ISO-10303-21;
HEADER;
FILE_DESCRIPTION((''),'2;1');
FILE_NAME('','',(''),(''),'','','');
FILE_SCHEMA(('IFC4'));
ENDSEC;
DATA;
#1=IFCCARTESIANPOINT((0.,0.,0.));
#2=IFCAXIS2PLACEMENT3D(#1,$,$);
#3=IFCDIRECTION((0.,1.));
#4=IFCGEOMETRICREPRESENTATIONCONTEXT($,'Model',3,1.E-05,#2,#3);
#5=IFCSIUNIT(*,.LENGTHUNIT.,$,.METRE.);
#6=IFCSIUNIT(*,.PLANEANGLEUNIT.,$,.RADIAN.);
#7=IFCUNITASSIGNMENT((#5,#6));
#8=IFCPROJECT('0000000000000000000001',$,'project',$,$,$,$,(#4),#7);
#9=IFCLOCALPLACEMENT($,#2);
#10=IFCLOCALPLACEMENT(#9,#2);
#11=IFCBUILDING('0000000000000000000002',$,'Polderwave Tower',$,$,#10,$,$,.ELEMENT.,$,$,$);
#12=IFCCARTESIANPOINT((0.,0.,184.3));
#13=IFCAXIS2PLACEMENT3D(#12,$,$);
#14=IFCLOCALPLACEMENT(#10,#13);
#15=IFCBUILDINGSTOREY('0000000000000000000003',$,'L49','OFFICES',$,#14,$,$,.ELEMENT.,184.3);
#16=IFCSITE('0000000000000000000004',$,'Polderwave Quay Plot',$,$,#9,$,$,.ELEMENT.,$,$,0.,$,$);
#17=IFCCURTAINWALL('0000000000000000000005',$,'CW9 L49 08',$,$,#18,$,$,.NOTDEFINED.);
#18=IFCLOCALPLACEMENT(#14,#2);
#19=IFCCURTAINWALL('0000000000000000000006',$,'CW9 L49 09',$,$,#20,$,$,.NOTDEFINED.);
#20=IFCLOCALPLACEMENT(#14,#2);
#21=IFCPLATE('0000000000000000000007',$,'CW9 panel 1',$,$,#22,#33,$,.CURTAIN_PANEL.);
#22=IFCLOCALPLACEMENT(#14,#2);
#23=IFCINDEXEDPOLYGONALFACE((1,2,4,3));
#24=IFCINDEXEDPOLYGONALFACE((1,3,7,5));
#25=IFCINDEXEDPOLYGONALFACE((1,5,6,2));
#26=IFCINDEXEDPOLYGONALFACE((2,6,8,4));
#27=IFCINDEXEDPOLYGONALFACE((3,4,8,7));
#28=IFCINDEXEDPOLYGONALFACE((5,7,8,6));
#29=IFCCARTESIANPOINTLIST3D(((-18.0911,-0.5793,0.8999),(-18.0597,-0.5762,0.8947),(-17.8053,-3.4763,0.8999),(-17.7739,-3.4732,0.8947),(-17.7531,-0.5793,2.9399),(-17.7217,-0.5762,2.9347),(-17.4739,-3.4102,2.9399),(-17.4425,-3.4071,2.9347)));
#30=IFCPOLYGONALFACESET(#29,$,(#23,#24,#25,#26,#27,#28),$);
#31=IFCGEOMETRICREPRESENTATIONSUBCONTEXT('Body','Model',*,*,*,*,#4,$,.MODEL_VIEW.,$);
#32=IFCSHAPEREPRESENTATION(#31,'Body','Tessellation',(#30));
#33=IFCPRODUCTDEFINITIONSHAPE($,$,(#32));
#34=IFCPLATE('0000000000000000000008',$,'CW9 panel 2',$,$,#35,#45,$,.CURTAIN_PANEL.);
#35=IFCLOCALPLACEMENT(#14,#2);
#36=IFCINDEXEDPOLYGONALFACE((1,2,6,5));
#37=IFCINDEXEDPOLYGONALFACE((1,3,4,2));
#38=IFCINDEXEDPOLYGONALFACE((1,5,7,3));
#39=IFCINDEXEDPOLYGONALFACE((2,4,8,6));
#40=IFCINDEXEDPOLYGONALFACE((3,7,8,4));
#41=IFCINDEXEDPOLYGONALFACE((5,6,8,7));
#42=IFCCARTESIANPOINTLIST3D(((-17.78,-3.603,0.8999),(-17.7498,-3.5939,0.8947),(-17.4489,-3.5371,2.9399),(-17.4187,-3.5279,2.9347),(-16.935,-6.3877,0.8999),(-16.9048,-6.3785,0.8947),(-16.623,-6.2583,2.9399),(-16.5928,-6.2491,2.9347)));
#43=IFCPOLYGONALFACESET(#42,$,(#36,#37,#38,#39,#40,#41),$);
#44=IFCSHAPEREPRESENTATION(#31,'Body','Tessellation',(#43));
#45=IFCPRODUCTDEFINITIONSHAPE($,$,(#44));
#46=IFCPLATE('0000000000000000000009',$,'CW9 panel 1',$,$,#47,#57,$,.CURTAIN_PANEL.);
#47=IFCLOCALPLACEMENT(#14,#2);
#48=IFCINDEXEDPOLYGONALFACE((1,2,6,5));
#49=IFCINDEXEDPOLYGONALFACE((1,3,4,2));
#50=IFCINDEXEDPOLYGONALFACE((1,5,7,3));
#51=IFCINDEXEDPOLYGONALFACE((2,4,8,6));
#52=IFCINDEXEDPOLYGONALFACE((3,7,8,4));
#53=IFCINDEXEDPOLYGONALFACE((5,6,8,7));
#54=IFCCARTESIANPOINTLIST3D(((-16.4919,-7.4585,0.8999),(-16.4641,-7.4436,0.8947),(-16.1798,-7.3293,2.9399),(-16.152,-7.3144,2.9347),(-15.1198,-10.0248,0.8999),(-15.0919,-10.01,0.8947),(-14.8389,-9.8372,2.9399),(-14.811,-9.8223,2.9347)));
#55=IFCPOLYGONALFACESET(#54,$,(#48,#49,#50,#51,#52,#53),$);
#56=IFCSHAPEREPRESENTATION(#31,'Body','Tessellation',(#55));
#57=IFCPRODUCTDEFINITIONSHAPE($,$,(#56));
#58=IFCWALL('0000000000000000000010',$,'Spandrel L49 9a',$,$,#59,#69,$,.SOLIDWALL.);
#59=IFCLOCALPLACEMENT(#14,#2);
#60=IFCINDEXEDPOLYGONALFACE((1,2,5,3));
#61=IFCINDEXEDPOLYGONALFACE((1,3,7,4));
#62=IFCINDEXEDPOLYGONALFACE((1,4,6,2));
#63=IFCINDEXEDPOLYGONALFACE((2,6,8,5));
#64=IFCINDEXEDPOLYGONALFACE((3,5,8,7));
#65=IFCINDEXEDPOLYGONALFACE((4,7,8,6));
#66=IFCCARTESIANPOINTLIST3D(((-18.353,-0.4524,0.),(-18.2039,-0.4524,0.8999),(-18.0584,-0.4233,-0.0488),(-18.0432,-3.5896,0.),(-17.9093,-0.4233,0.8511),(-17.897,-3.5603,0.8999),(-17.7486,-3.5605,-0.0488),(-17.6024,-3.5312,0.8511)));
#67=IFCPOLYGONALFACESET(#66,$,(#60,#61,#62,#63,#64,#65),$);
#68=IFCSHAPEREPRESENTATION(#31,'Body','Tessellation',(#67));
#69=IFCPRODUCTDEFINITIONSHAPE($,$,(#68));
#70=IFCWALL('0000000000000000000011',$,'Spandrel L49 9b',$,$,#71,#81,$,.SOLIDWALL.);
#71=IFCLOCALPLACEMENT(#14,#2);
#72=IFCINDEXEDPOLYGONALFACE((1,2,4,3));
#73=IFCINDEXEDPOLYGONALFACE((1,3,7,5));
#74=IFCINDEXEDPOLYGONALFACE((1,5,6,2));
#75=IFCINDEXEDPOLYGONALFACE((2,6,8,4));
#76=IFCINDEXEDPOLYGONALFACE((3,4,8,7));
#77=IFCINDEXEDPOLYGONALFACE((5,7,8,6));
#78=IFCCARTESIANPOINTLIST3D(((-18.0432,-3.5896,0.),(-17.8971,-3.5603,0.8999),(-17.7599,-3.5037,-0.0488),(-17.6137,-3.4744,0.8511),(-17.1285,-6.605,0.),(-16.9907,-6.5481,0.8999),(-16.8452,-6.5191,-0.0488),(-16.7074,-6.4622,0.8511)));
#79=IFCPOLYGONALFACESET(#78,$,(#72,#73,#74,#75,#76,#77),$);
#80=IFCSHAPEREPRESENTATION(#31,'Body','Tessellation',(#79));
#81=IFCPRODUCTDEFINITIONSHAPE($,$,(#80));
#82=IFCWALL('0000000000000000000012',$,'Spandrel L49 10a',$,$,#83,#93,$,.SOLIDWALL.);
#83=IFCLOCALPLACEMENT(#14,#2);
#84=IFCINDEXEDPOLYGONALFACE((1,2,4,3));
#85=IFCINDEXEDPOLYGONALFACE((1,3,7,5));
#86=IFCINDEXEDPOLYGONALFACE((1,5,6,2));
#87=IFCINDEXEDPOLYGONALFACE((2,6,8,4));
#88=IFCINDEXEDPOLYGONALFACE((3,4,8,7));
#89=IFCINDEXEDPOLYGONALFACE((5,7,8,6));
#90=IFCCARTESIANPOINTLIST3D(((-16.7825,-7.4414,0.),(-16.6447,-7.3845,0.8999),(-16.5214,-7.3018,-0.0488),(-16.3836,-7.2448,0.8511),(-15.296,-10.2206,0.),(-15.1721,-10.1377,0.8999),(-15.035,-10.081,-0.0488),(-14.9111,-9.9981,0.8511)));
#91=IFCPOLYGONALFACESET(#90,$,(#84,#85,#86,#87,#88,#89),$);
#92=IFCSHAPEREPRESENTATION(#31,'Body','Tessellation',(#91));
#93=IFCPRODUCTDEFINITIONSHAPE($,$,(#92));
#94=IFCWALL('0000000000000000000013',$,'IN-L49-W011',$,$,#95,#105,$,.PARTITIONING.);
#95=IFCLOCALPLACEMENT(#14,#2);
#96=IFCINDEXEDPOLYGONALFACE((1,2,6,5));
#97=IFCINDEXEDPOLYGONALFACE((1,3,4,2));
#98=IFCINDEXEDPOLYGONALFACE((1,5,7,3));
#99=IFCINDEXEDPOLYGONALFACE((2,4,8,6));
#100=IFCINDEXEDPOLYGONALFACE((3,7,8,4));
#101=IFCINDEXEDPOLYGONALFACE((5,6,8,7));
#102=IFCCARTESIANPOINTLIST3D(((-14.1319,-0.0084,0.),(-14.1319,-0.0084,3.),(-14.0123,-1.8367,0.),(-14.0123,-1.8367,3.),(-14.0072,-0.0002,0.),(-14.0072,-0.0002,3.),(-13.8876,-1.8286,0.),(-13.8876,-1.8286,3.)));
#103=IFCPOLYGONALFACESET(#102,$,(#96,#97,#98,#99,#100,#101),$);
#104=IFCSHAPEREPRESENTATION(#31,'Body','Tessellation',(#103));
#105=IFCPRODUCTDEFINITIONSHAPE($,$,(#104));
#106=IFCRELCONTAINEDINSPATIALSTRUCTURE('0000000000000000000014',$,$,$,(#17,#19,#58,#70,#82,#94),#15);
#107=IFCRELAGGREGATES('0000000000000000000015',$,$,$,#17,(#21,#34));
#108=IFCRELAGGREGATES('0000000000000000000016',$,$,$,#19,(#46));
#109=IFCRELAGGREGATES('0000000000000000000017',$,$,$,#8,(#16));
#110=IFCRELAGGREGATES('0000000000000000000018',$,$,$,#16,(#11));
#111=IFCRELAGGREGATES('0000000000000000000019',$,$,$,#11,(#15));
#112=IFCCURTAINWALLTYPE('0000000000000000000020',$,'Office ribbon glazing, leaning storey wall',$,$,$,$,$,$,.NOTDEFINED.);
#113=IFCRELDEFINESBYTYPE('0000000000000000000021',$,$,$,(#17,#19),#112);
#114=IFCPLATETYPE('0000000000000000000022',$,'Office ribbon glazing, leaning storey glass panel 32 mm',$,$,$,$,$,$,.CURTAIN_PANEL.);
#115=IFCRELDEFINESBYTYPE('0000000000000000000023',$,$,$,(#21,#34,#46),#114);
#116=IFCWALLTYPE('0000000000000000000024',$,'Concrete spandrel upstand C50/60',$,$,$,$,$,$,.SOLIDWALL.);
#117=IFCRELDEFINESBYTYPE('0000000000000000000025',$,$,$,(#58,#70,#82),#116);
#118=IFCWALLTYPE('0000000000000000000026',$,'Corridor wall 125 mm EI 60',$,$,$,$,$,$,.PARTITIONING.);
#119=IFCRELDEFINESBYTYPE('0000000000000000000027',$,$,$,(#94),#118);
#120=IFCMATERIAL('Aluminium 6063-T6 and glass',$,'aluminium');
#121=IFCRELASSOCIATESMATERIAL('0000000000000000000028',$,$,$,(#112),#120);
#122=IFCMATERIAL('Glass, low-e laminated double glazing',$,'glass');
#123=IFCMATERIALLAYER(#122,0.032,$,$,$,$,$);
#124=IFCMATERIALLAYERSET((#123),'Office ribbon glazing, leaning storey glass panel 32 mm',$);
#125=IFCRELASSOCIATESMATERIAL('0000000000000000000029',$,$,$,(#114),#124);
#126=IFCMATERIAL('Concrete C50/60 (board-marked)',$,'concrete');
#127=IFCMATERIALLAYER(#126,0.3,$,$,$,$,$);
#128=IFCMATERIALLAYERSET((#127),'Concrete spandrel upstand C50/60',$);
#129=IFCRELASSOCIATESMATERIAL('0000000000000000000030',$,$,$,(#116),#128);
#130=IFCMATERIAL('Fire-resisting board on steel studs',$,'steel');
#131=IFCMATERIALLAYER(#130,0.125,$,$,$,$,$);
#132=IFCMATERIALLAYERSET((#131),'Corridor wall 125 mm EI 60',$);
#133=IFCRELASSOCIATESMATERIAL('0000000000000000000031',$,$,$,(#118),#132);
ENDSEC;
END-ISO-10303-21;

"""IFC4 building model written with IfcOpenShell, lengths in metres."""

from ifc_helpers import new_model, si_unit, direction, frame, frame_2d, origin, place, context, subcontext, project, spatial, polyline, rectangle, outline, extrude, material, layer, layer_set, type_object, element, aggregate, save


model = new_model("IFC4")

# Units and contexts
model_context = context("Model", 3, precision=1e-05, world=origin(), true_north=direction((0.0, 1.0)))
body_context = subcontext(model_context, "Body", "Model", "MODEL_VIEW")
ifc_project = project(units=[si_unit("LENGTHUNIT", "METRE"), si_unit("PLANEANGLEUNIT", "RADIAN")], contexts=[model_context])

# Site, building, storey
site_placement = place(None, origin())
site = spatial("IfcSite", under=ifc_project, at=site_placement, Name="Polderwave Quay Plot", CompositionType="ELEMENT", RefElevation=0.0)
building_placement = place(site_placement, origin())
building = spatial("IfcBuilding", under=site, at=building_placement, Name="Polderwave Tower", CompositionType="ELEMENT")
storey_placement = place(building_placement, frame((0.0, 0.0, 184.3)))
storey = spatial("IfcBuildingStorey", under=building, at=storey_placement, Name="L49", Description="OFFICES", CompositionType="ELEMENT", Elevation=184.3)

# Curtain wall
ifc_material_1 = material(Name="Aluminium 6063-T6 and glass", Category="aluminium")
curtain_wall_type = type_object("IfcCurtainWallType", Name="Office ribbon glazing, leaning storey wall", PredefinedType="NOTDEFINED", material=ifc_material_1)
curtain_wall_1_placement = place(storey_placement, origin())
curtain_wall_1 = element("IfcCurtainWall", 1, at=curtain_wall_1_placement, inside=storey, type_object=curtain_wall_type, Name="CW9 L49 08", PredefinedType="NOTDEFINED")

# Curtain wall
curtain_wall_2_placement = place(storey_placement, origin())
curtain_wall_2 = element("IfcCurtainWall", 2, at=curtain_wall_2_placement, inside=storey, type_object=curtain_wall_type, Name="CW9 L49 09", PredefinedType="NOTDEFINED")

# Plates
ifc_material_2 = material(Name="Glass, low-e laminated double glazing", Category="glass")
ifc_layer_1 = layer(ifc_material_2, 0.032)
ifc_layer_set_1 = layer_set([ifc_layer_1], Name="Office ribbon glazing, leaning storey glass panel 32 mm")
plate_type = type_object("IfcPlateType", Name="Office ribbon glazing, leaning storey glass panel 32 mm", PredefinedType="CURTAIN_PANEL", material=ifc_layer_set_1)
plate_1_placement = place(storey_placement, frame((-18.0911, -0.5793, 0.8999), z_axis=(-0.981915, -0.096848, 0.162677), x_axis=(0.098155, -0.995171, -0.000005)))
plate_1 = element("IfcPlate", 3, at=plate_1_placement, type_object=plate_type, Name="CW9 panel 1", PredefinedType="CURTAIN_PANEL", context=body_context, shape_type="SweptSolid", body=[
    extrude(outline(polyline([(0.0, 0.0), (2.911, 0.0), (2.8777, 2.0676), (0.0332, 2.0676), (0.0, 0.0)])), origin(), (0.0, 0.0, -1.0), 0.032),
])
plate_2_placement = place(storey_placement, frame((-17.78, -3.603, 0.8999), z_axis=(-0.944182, -0.286537, 0.16253), x_axis=(0.290397, -0.956906, -0.000006)))
plate_2 = element("IfcPlate", 4, at=plate_2_placement, type_object=plate_type, Name="CW9 panel 2", PredefinedType="CURTAIN_PANEL", context=body_context, shape_type="SweptSolid", body=[
    extrude(outline(polyline([(0.0, 0.0), (2.91, 0.0), (2.8768, 2.0675), (0.033, 2.0675), (0.0, 0.0)])), origin(), (0.0, 0.0, -1.0), 0.032),
])
aggregate(curtain_wall_1, [plate_1, plate_2])
plate_3_placement = place(storey_placement, frame((-16.4919, -7.4585, 0.8999), z_axis=(-0.87012, -0.465244, 0.162602), x_axis=(0.471518, -0.881856, -0.000008)))
plate_3 = element("IfcPlate", 5, at=plate_3_placement, type_object=plate_type, Name="CW9 panel 1", PredefinedType="CURTAIN_PANEL", context=body_context, shape_type="SweptSolid", body=[
    extrude(outline(polyline([(0.0, 0.0), (2.9102, 0.0), (2.8771, 2.0676), (0.0332, 2.0675), (0.0, 0.0)])), origin(), (0.0, 0.0, -1.0), 0.032),
])
aggregate(curtain_wall_2, [plate_3])

# Walls
ifc_material_3 = material(Name="Concrete C50/60 (board-marked)", Category="concrete")
ifc_layer_2 = layer(ifc_material_3, 0.3)
ifc_layer_set_2 = layer_set([ifc_layer_2], Name="Concrete spandrel upstand C50/60")
wall_type_1 = type_object("IfcWallType", Name="Concrete spandrel upstand C50/60", PredefinedType="SOLIDWALL", material=ifc_layer_set_2)
wall_1_placement = place(storey_placement, frame((-18.353, -0.4524, 0.0), z_axis=(-0.981893, -0.096961, 0.162741), x_axis=(0.098271, -0.99516, 0.000001)))
element("IfcWall", 6, at=wall_1_placement, inside=storey, type_object=wall_type_1, Name="Spandrel L49 9a", PredefinedType="SOLIDWALL", context=body_context, shape_type="SweptSolid", body=[
    extrude(outline(polyline([(0.0, 0.0), (3.1525, 0.0), (3.1377, 0.9121), (0.0147, 0.9121), (0.0, 0.0)])), origin(), (0.0, 0.0, -1.0), 0.3),
])
wall_2_placement = place(storey_placement, frame((-18.0432, -3.5896, 0.0), z_axis=(-0.944194, -0.286419, 0.16267), x_axis=(0.290286, -0.95694, 0.000004)))
element("IfcWall", 7, at=wall_2_placement, inside=storey, type_object=wall_type_1, Name="Spandrel L49 9b", PredefinedType="SOLIDWALL", context=body_context, shape_type="SweptSolid", body=[
    extrude(outline(polyline([(0.0, 0.0), (3.1511, 0.0), (3.1366, 0.912), (0.0144, 0.9121), (0.0, 0.0)])), origin(), (0.0, 0.0, -1.0), 0.3),
])
wall_3_placement = place(storey_placement, frame((-16.7825, -7.4414, 0.0), z_axis=(-0.870053, -0.465339, 0.162688), x_axis=(0.471621, -0.881801, -0.000007)))
element("IfcWall", 8, at=wall_3_placement, inside=storey, type_object=wall_type_1, Name="Spandrel L49 10a", PredefinedType="SOLIDWALL", context=body_context, shape_type="SweptSolid", body=[
    extrude(outline(polyline([(0.0, 0.0), (3.1518, 0.0), (3.1371, 0.9121), (0.0148, 0.912), (0.0, 0.0)])), origin(), (0.0, 0.0, -1.0), 0.3),
])
ifc_material_4 = material(Name="Fire-resisting board on steel studs", Category="steel")
ifc_layer_3 = layer(ifc_material_4, 0.125)
ifc_layer_set_3 = layer_set([ifc_layer_3], Name="Corridor wall 125 mm EI 60")
wall_type_2 = type_object("IfcWallType", Name="Corridor wall 125 mm EI 60", PredefinedType="PARTITIONING", material=ifc_layer_set_3)
wall_4_placement = place(storey_placement, frame((-13.95, -1.8325, 0.0), z_axis=(0.0, 0.0, 1.0), x_axis=(-0.06529, 0.997866, 0.0)))
element("IfcWall", 9, at=wall_4_placement, inside=storey, type_object=wall_type_2, Name="IN-L49-W011", PredefinedType="PARTITIONING", context=body_context, shape_type="SweptSolid", body=[
    extrude(rectangle(XDim=1.8323, YDim=0.125, at=frame_2d((0.916, 0.0))), origin(), (0.0, 0.0, 1.0), 3.0),
])

save(model, "model.ifc")
